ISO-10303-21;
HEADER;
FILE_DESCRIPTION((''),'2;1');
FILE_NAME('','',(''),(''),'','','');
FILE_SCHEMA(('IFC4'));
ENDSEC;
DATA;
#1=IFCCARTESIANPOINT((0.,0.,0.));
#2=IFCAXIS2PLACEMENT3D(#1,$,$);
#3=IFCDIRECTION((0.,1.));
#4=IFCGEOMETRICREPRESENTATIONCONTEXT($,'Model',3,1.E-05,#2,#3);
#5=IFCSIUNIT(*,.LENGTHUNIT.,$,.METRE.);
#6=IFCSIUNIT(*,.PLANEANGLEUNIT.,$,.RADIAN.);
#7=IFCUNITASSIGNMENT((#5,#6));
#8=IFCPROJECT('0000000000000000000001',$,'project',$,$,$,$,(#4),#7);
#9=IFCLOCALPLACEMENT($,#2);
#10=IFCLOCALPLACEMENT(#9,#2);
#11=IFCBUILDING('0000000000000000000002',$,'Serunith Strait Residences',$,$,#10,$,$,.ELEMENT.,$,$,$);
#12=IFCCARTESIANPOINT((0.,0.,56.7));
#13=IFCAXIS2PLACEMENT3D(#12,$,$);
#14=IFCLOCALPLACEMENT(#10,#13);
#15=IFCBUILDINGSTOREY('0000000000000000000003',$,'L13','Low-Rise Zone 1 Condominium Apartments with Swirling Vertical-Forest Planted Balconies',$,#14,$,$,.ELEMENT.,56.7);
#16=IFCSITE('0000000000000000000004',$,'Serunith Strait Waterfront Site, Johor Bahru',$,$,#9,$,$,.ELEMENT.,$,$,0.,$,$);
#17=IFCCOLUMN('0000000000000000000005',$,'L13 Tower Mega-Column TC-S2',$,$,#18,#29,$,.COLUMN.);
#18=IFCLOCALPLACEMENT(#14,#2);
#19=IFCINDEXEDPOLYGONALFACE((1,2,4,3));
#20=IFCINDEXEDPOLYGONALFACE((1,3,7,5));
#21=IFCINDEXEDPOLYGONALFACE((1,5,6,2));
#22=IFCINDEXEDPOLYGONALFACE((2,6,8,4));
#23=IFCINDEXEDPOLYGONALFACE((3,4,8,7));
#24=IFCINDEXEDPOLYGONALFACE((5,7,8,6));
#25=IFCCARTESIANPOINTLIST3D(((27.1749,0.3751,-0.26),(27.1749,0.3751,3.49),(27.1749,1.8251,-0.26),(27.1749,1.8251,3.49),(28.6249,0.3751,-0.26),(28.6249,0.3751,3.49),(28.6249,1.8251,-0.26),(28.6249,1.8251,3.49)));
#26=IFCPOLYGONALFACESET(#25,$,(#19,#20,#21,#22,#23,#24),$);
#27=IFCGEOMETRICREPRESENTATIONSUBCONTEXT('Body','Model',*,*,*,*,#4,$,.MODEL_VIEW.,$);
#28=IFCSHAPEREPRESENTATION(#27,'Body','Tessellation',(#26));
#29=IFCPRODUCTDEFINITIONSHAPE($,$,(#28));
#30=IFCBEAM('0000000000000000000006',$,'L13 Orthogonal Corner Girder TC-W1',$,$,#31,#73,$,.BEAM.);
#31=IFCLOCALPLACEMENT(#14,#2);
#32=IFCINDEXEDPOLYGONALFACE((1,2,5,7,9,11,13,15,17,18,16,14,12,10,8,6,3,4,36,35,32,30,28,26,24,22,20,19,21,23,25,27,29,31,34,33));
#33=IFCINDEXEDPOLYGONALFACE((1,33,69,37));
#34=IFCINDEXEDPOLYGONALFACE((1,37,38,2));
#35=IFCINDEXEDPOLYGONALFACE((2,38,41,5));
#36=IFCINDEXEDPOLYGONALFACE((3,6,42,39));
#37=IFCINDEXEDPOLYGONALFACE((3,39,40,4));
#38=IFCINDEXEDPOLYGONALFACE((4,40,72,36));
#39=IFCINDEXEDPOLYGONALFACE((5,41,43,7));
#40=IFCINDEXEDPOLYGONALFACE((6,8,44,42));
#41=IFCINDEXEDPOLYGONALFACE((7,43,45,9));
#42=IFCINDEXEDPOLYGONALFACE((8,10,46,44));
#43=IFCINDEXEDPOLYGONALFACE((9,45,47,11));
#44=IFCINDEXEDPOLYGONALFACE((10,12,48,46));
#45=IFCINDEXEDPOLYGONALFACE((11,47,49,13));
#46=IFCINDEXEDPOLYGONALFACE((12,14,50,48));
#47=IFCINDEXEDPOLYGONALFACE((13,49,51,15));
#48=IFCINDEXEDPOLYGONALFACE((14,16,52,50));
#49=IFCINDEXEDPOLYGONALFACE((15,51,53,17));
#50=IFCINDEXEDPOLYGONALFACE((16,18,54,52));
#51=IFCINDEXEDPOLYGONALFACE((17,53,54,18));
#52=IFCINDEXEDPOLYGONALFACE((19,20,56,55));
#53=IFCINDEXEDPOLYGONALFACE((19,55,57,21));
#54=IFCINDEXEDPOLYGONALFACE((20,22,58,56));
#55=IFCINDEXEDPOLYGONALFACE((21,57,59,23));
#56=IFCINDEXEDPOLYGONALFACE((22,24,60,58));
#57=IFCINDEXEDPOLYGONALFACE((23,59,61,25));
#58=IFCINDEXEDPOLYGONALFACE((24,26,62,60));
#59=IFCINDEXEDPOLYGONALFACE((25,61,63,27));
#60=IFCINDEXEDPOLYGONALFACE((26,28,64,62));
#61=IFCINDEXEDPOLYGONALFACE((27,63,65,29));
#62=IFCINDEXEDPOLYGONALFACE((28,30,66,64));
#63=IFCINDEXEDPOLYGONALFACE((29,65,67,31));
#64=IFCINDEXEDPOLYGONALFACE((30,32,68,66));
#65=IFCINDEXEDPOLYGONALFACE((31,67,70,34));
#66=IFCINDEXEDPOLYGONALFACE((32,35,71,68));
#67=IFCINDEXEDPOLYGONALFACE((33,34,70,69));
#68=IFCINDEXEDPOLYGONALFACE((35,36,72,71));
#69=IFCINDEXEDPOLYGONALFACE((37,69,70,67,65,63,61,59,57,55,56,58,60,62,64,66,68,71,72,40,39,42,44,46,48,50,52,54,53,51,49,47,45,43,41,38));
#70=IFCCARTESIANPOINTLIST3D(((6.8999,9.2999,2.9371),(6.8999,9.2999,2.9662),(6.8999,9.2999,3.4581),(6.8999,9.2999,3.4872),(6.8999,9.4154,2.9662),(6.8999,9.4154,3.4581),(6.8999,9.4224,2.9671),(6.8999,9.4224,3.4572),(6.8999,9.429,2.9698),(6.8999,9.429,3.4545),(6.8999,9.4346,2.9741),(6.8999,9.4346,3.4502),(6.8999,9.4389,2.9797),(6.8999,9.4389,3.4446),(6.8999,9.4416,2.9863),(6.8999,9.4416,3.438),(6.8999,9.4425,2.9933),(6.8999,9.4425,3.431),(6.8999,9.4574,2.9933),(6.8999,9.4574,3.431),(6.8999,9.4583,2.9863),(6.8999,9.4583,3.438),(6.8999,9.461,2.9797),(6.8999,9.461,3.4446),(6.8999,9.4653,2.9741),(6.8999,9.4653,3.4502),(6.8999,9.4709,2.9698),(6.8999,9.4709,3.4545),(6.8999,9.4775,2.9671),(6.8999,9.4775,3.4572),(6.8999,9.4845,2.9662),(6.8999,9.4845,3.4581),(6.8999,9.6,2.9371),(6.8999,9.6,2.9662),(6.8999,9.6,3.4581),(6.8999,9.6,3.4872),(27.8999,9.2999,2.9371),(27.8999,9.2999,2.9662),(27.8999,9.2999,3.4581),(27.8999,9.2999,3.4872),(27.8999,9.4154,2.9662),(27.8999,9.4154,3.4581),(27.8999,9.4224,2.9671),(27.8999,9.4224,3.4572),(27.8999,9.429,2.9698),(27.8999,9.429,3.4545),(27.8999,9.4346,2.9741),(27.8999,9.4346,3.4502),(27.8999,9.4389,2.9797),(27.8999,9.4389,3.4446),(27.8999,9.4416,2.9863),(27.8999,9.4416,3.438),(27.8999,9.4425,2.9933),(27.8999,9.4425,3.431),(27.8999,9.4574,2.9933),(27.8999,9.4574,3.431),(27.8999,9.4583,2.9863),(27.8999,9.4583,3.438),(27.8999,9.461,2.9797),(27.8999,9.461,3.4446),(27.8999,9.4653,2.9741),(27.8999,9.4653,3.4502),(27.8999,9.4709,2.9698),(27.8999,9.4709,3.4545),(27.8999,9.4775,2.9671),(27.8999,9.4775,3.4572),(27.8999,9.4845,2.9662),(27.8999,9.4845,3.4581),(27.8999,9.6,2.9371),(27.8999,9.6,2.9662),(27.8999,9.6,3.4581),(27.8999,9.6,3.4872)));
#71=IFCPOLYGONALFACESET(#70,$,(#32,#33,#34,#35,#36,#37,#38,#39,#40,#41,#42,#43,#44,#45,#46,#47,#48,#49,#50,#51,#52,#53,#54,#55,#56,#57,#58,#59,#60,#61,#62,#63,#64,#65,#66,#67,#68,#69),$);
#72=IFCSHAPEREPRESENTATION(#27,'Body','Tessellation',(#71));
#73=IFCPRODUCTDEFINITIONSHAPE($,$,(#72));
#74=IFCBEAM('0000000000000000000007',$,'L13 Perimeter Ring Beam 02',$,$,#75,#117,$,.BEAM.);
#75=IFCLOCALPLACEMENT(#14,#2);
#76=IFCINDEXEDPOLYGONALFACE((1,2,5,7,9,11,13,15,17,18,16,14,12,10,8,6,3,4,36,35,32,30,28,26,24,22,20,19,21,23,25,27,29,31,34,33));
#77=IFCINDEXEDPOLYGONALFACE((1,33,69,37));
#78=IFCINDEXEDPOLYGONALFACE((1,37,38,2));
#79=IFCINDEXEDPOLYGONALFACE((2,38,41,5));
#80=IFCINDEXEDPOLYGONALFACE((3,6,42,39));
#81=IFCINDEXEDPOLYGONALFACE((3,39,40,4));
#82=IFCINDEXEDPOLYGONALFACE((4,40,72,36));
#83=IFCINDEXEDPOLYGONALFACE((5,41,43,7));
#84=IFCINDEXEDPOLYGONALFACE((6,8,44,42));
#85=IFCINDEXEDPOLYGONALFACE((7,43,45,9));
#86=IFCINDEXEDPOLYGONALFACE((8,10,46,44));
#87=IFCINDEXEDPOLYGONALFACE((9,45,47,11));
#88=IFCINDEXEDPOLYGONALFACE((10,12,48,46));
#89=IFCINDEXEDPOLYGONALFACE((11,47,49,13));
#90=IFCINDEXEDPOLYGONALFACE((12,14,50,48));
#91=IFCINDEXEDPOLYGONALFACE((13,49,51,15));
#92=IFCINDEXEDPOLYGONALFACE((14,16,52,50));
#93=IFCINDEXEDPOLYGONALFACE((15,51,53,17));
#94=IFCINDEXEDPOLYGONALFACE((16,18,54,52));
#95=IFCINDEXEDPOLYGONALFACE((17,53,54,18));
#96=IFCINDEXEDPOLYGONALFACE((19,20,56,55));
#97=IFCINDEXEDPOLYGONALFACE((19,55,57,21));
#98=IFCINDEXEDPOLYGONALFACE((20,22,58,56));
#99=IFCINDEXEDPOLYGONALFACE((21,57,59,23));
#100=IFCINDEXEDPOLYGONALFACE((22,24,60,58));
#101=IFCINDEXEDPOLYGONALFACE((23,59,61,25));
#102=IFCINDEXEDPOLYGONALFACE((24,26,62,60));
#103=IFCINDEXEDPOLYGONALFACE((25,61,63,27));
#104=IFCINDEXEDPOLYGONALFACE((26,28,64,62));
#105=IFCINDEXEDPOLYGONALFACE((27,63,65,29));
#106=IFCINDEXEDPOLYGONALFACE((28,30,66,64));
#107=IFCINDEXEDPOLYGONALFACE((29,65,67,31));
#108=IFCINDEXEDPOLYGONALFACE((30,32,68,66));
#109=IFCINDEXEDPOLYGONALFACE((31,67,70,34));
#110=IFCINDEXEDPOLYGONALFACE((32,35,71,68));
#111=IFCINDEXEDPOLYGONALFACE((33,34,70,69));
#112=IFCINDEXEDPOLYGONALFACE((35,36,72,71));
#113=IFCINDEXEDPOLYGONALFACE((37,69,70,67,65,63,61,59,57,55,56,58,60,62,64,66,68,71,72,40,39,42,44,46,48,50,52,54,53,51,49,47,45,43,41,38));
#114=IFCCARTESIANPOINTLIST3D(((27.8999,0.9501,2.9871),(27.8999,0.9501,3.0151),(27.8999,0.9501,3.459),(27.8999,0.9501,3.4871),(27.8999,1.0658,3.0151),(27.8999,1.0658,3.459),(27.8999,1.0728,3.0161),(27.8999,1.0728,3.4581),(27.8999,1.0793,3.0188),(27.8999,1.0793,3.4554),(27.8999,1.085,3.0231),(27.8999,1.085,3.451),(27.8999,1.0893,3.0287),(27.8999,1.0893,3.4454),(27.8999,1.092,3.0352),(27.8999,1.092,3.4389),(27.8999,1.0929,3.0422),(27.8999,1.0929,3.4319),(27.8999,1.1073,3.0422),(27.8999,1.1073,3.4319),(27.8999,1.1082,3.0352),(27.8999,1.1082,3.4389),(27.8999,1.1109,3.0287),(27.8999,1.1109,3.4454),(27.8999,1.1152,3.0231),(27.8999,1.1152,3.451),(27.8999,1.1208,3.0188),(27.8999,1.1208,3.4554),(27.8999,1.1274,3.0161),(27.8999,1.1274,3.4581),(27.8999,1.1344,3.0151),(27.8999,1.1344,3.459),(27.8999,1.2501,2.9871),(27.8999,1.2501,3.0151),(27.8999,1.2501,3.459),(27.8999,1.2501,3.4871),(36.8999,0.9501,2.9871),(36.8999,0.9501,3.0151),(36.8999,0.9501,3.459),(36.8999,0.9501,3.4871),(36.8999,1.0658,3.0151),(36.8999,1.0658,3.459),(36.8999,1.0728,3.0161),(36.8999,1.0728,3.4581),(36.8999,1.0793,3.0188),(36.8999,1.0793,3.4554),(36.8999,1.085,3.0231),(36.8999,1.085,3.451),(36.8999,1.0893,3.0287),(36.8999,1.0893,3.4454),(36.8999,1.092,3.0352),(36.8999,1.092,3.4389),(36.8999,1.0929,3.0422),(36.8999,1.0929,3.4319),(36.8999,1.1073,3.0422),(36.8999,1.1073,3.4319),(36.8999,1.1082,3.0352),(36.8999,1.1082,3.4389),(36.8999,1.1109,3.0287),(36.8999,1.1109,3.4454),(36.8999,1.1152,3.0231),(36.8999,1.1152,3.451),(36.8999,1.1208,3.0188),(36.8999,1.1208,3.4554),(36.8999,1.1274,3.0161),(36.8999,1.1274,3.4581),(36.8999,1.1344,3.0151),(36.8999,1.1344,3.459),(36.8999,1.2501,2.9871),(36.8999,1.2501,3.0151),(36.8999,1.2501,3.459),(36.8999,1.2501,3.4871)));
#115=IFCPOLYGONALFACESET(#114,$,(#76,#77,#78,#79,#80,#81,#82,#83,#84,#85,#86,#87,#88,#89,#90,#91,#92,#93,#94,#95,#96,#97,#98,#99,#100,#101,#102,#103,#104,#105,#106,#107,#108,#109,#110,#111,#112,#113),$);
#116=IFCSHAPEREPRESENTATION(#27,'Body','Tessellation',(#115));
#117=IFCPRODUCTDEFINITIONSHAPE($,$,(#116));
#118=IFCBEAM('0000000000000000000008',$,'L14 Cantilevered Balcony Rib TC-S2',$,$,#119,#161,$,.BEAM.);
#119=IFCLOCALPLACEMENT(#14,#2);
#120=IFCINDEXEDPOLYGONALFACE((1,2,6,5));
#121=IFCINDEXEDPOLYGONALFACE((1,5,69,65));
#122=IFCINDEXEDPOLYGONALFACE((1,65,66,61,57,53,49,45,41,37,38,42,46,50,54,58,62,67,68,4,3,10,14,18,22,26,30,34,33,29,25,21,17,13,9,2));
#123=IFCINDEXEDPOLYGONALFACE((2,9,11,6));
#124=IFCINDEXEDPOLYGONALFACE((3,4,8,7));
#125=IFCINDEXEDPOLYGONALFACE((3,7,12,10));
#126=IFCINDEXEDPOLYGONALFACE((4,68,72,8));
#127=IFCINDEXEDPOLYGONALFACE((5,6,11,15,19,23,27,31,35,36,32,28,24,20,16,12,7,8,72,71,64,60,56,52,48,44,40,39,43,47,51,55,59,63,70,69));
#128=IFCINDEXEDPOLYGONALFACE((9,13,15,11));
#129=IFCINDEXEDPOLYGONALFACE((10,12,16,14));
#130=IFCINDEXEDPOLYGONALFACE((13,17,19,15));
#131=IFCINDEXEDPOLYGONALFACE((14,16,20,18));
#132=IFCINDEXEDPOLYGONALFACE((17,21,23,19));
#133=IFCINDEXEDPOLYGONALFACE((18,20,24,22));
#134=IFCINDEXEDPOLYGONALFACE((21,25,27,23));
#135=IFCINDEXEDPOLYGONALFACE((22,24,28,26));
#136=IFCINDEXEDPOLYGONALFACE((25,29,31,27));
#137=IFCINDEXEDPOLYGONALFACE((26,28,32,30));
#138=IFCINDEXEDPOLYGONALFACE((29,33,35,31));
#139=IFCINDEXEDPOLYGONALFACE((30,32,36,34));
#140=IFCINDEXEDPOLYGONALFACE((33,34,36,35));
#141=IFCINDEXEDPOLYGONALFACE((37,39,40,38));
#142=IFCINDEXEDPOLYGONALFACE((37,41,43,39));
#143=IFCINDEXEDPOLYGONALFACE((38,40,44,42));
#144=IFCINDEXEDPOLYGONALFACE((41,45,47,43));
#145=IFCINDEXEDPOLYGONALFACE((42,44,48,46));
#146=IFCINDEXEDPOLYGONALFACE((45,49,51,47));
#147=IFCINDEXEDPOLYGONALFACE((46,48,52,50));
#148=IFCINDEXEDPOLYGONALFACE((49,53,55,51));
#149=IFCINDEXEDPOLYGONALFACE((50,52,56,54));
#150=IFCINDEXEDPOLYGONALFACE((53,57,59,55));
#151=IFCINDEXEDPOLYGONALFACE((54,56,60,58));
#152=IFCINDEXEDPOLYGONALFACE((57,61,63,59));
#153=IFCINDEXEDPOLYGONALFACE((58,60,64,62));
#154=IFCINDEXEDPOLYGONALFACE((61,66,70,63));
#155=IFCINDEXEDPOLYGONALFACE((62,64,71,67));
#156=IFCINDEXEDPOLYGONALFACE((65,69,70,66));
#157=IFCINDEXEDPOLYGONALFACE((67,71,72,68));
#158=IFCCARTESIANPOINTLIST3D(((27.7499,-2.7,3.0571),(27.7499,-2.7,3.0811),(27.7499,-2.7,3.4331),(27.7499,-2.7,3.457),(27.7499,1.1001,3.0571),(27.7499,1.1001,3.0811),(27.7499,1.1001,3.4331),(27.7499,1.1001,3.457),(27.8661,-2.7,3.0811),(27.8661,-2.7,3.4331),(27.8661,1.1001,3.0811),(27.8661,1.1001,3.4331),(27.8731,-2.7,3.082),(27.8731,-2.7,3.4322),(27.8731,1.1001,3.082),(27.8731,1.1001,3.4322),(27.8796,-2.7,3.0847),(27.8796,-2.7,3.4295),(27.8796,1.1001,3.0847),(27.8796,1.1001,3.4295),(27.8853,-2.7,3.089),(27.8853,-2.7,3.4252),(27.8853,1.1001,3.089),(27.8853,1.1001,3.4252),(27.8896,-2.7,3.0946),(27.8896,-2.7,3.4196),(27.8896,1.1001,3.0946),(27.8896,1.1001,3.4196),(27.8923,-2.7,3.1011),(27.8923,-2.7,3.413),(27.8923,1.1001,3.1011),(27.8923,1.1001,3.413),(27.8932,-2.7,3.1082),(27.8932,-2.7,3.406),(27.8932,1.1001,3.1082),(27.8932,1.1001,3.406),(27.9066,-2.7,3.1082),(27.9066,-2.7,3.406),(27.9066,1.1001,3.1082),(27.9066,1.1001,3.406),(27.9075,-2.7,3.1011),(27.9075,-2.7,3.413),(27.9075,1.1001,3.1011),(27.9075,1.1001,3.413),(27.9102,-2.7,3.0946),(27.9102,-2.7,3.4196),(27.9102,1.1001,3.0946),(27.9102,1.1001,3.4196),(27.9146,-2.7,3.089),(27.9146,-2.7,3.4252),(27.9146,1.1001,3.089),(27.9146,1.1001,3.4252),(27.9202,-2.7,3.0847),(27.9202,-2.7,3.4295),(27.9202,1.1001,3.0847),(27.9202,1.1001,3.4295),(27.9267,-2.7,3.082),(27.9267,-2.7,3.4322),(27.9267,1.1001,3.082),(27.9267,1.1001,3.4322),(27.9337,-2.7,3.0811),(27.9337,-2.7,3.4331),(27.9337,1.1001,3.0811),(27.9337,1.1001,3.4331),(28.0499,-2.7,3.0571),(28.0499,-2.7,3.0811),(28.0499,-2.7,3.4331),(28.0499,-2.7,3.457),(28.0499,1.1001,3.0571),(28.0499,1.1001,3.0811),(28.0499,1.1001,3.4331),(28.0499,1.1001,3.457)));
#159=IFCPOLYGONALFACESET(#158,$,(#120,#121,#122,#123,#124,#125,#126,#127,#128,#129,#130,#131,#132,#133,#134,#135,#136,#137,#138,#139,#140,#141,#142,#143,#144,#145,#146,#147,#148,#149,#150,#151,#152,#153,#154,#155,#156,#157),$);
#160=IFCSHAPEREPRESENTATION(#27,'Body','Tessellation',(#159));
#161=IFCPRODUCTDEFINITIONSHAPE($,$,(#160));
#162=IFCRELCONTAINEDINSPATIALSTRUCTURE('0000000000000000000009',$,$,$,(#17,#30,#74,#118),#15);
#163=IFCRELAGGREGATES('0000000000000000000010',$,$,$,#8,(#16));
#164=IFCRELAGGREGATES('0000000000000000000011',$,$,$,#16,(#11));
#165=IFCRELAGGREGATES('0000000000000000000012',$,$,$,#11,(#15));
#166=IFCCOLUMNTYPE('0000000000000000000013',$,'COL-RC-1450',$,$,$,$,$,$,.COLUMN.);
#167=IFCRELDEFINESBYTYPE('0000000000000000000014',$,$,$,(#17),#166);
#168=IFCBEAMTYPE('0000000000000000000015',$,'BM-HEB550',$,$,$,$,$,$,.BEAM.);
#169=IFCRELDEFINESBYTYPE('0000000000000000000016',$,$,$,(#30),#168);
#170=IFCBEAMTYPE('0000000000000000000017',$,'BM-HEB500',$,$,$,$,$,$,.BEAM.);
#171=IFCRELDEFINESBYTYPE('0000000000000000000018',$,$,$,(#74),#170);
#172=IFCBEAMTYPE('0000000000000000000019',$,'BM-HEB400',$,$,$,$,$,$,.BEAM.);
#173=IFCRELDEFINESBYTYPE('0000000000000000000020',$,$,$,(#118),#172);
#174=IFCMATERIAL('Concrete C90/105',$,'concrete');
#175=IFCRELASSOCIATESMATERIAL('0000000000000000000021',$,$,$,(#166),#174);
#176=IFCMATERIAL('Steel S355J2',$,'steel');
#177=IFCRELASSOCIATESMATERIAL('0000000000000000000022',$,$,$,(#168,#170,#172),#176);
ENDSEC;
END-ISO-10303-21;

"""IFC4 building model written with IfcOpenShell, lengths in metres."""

from ifc_helpers import new_model, si_unit, direction, frame, origin, origin_2d, place, context, subcontext, project, spatial, rectangle, i_section, extrude, source, transform, mapped, material, material_profile, profile_set, type_object, element, save


model = new_model("IFC4")

# Units and contexts
model_context = context("Model", 3, precision=1e-05, world=origin(), true_north=direction((0.0, 1.0)))
body_context = subcontext(model_context, "Body", "Model", "MODEL_VIEW")
ifc_project = project(units=[si_unit("LENGTHUNIT", "METRE"), si_unit("PLANEANGLEUNIT", "RADIAN")], contexts=[model_context])

# Site, building, storey
site_placement = place(None, origin())
site = spatial("IfcSite", under=ifc_project, at=site_placement, Name="Serunith Strait Waterfront Site, Johor Bahru", CompositionType="ELEMENT", RefElevation=0.0)
building_placement = place(site_placement, origin())
building = spatial("IfcBuilding", under=site, at=building_placement, Name="Serunith Strait Residences", CompositionType="ELEMENT")
storey_placement = place(building_placement, frame((0.0, 0.0, 56.7)))
storey = spatial("IfcBuildingStorey", under=building, at=storey_placement, Name="L13", Description="Low-Rise Zone 1 Condominium Apartments with Swirling Vertical-Forest Planted Balconies", CompositionType="ELEMENT", Elevation=56.7)

# Column
ifc_material_1 = material(Name="Concrete C90/105", Category="concrete")
ifc_material_profile_1 = material_profile(ifc_material_1, rectangle(XDim=1.45, YDim=1.45, at=origin_2d()), Name="RC 1450x1450")
ifc_profile_set_1 = profile_set([ifc_material_profile_1], Name="Concrete C90/105")
column_type = type_object("IfcColumnType", Name="COL-RC-1450", PredefinedType="COLUMN", material=ifc_profile_set_1)
shared_shape_1 = source(origin(), body_context, "Body", "SweptSolid", [
    extrude(rectangle(XDim=1.45, YDim=1.45, at=origin_2d()), origin(), (0.0, 0.0, 1.0), 3.75),
])
column_placement = place(storey_placement, frame((27.8999, 1.1001, -0.26), z_axis=(0.0, 0.0, 1.0), x_axis=(1.0, 0.0, 0.0)))
element("IfcColumn", 1, at=column_placement, inside=storey, type_object=column_type, Name="L13 Tower Mega-Column TC-S2", PredefinedType="COLUMN", context=body_context, shape_type="MappedRepresentation", body=[
    mapped(shared_shape_1, transform((0.0, 0.0, 0.0), scale=1.0)),
])

# Beams
ifc_material_2 = material(Name="Steel S355J2", Category="steel")
ifc_material_profile_2 = material_profile(ifc_material_2, i_section(OverallWidth=0.3, OverallDepth=0.55, WebThickness=0.0149, FlangeThickness=0.0291, FilletRadius=0.0271, at=origin_2d()), Name="HEB 550")
ifc_profile_set_2 = profile_set([ifc_material_profile_2], Name="Steel S355J2")
beam_type_1 = type_object("IfcBeamType", Name="BM-HEB550", PredefinedType="BEAM", material=ifc_profile_set_2)
shared_shape_2 = source(origin(), body_context, "Body", "SweptSolid", [
    extrude(i_section(OverallWidth=0.3, OverallDepth=0.55, WebThickness=0.0149, FlangeThickness=0.0291, FilletRadius=0.0271, at=origin_2d()), origin(), (0.0, 0.0, 1.0), 21.0),
])
beam_1_placement = place(storey_placement, frame((27.8999, 9.45, 3.2122), z_axis=(-1.0, 0.0, 0.0), x_axis=(0.0, -1.0, 0.0)))
element("IfcBeam", 2, at=beam_1_placement, inside=storey, type_object=beam_type_1, Name="L13 Orthogonal Corner Girder TC-W1", PredefinedType="BEAM", context=body_context, shape_type="MappedRepresentation", body=[
    mapped(shared_shape_2, transform((0.0, 0.0, 0.0), scale=1.0)),
])
ifc_material_profile_3 = material_profile(ifc_material_2, i_section(OverallWidth=0.3, OverallDepth=0.5, WebThickness=0.0144, FlangeThickness=0.0281, FilletRadius=0.0271, at=origin_2d()), Name="HEB 500")
ifc_profile_set_3 = profile_set([ifc_material_profile_3], Name="Steel S355J2")
beam_type_2 = type_object("IfcBeamType", Name="BM-HEB500", PredefinedType="BEAM", material=ifc_profile_set_3)
shared_shape_3 = source(origin(), body_context, "Body", "SweptSolid", [
    extrude(i_section(OverallWidth=0.3, OverallDepth=0.5, WebThickness=0.0144, FlangeThickness=0.0281, FilletRadius=0.0271, at=origin_2d()), origin(), (0.0, 0.0, 1.0), 9.0),
])
beam_2_placement = place(storey_placement, frame((27.8999, 1.1001, 3.2371), z_axis=(1.0, 0.0, 0.0), x_axis=(0.0, 1.0, 0.0)))
element("IfcBeam", 3, at=beam_2_placement, inside=storey, type_object=beam_type_2, Name="L13 Perimeter Ring Beam 02", PredefinedType="BEAM", context=body_context, shape_type="MappedRepresentation", body=[
    mapped(shared_shape_3, transform((0.0, 0.0, 0.0), scale=1.0)),
])
ifc_material_profile_4 = material_profile(ifc_material_2, i_section(OverallWidth=0.3, OverallDepth=0.3999, WebThickness=0.0134, FlangeThickness=0.0239, FilletRadius=0.0271, at=origin_2d()), Name="HEB 400")
ifc_profile_set_4 = profile_set([ifc_material_profile_4], Name="Steel S355J2")
beam_type_3 = type_object("IfcBeamType", Name="BM-HEB400", PredefinedType="BEAM", material=ifc_profile_set_4)
shared_shape_4 = source(origin(), body_context, "Body", "SweptSolid", [
    extrude(i_section(OverallWidth=0.3, OverallDepth=0.3999, WebThickness=0.0134, FlangeThickness=0.0239, FilletRadius=0.0271, at=origin_2d()), origin(), (0.0, 0.0, 1.0), 3.8),
])
beam_3_placement = place(storey_placement, frame((27.8999, 1.1001, 3.2571), z_axis=(0.0, -1.0, 0.0), x_axis=(1.0, 0.0, 0.0)))
element("IfcBeam", 4, at=beam_3_placement, inside=storey, type_object=beam_type_3, Name="L14 Cantilevered Balcony Rib TC-S2", PredefinedType="BEAM", context=body_context, shape_type="MappedRepresentation", body=[
    mapped(shared_shape_4, transform((0.0, 0.0, 0.0), scale=1.0)),
])

save(model, "model.ifc")
